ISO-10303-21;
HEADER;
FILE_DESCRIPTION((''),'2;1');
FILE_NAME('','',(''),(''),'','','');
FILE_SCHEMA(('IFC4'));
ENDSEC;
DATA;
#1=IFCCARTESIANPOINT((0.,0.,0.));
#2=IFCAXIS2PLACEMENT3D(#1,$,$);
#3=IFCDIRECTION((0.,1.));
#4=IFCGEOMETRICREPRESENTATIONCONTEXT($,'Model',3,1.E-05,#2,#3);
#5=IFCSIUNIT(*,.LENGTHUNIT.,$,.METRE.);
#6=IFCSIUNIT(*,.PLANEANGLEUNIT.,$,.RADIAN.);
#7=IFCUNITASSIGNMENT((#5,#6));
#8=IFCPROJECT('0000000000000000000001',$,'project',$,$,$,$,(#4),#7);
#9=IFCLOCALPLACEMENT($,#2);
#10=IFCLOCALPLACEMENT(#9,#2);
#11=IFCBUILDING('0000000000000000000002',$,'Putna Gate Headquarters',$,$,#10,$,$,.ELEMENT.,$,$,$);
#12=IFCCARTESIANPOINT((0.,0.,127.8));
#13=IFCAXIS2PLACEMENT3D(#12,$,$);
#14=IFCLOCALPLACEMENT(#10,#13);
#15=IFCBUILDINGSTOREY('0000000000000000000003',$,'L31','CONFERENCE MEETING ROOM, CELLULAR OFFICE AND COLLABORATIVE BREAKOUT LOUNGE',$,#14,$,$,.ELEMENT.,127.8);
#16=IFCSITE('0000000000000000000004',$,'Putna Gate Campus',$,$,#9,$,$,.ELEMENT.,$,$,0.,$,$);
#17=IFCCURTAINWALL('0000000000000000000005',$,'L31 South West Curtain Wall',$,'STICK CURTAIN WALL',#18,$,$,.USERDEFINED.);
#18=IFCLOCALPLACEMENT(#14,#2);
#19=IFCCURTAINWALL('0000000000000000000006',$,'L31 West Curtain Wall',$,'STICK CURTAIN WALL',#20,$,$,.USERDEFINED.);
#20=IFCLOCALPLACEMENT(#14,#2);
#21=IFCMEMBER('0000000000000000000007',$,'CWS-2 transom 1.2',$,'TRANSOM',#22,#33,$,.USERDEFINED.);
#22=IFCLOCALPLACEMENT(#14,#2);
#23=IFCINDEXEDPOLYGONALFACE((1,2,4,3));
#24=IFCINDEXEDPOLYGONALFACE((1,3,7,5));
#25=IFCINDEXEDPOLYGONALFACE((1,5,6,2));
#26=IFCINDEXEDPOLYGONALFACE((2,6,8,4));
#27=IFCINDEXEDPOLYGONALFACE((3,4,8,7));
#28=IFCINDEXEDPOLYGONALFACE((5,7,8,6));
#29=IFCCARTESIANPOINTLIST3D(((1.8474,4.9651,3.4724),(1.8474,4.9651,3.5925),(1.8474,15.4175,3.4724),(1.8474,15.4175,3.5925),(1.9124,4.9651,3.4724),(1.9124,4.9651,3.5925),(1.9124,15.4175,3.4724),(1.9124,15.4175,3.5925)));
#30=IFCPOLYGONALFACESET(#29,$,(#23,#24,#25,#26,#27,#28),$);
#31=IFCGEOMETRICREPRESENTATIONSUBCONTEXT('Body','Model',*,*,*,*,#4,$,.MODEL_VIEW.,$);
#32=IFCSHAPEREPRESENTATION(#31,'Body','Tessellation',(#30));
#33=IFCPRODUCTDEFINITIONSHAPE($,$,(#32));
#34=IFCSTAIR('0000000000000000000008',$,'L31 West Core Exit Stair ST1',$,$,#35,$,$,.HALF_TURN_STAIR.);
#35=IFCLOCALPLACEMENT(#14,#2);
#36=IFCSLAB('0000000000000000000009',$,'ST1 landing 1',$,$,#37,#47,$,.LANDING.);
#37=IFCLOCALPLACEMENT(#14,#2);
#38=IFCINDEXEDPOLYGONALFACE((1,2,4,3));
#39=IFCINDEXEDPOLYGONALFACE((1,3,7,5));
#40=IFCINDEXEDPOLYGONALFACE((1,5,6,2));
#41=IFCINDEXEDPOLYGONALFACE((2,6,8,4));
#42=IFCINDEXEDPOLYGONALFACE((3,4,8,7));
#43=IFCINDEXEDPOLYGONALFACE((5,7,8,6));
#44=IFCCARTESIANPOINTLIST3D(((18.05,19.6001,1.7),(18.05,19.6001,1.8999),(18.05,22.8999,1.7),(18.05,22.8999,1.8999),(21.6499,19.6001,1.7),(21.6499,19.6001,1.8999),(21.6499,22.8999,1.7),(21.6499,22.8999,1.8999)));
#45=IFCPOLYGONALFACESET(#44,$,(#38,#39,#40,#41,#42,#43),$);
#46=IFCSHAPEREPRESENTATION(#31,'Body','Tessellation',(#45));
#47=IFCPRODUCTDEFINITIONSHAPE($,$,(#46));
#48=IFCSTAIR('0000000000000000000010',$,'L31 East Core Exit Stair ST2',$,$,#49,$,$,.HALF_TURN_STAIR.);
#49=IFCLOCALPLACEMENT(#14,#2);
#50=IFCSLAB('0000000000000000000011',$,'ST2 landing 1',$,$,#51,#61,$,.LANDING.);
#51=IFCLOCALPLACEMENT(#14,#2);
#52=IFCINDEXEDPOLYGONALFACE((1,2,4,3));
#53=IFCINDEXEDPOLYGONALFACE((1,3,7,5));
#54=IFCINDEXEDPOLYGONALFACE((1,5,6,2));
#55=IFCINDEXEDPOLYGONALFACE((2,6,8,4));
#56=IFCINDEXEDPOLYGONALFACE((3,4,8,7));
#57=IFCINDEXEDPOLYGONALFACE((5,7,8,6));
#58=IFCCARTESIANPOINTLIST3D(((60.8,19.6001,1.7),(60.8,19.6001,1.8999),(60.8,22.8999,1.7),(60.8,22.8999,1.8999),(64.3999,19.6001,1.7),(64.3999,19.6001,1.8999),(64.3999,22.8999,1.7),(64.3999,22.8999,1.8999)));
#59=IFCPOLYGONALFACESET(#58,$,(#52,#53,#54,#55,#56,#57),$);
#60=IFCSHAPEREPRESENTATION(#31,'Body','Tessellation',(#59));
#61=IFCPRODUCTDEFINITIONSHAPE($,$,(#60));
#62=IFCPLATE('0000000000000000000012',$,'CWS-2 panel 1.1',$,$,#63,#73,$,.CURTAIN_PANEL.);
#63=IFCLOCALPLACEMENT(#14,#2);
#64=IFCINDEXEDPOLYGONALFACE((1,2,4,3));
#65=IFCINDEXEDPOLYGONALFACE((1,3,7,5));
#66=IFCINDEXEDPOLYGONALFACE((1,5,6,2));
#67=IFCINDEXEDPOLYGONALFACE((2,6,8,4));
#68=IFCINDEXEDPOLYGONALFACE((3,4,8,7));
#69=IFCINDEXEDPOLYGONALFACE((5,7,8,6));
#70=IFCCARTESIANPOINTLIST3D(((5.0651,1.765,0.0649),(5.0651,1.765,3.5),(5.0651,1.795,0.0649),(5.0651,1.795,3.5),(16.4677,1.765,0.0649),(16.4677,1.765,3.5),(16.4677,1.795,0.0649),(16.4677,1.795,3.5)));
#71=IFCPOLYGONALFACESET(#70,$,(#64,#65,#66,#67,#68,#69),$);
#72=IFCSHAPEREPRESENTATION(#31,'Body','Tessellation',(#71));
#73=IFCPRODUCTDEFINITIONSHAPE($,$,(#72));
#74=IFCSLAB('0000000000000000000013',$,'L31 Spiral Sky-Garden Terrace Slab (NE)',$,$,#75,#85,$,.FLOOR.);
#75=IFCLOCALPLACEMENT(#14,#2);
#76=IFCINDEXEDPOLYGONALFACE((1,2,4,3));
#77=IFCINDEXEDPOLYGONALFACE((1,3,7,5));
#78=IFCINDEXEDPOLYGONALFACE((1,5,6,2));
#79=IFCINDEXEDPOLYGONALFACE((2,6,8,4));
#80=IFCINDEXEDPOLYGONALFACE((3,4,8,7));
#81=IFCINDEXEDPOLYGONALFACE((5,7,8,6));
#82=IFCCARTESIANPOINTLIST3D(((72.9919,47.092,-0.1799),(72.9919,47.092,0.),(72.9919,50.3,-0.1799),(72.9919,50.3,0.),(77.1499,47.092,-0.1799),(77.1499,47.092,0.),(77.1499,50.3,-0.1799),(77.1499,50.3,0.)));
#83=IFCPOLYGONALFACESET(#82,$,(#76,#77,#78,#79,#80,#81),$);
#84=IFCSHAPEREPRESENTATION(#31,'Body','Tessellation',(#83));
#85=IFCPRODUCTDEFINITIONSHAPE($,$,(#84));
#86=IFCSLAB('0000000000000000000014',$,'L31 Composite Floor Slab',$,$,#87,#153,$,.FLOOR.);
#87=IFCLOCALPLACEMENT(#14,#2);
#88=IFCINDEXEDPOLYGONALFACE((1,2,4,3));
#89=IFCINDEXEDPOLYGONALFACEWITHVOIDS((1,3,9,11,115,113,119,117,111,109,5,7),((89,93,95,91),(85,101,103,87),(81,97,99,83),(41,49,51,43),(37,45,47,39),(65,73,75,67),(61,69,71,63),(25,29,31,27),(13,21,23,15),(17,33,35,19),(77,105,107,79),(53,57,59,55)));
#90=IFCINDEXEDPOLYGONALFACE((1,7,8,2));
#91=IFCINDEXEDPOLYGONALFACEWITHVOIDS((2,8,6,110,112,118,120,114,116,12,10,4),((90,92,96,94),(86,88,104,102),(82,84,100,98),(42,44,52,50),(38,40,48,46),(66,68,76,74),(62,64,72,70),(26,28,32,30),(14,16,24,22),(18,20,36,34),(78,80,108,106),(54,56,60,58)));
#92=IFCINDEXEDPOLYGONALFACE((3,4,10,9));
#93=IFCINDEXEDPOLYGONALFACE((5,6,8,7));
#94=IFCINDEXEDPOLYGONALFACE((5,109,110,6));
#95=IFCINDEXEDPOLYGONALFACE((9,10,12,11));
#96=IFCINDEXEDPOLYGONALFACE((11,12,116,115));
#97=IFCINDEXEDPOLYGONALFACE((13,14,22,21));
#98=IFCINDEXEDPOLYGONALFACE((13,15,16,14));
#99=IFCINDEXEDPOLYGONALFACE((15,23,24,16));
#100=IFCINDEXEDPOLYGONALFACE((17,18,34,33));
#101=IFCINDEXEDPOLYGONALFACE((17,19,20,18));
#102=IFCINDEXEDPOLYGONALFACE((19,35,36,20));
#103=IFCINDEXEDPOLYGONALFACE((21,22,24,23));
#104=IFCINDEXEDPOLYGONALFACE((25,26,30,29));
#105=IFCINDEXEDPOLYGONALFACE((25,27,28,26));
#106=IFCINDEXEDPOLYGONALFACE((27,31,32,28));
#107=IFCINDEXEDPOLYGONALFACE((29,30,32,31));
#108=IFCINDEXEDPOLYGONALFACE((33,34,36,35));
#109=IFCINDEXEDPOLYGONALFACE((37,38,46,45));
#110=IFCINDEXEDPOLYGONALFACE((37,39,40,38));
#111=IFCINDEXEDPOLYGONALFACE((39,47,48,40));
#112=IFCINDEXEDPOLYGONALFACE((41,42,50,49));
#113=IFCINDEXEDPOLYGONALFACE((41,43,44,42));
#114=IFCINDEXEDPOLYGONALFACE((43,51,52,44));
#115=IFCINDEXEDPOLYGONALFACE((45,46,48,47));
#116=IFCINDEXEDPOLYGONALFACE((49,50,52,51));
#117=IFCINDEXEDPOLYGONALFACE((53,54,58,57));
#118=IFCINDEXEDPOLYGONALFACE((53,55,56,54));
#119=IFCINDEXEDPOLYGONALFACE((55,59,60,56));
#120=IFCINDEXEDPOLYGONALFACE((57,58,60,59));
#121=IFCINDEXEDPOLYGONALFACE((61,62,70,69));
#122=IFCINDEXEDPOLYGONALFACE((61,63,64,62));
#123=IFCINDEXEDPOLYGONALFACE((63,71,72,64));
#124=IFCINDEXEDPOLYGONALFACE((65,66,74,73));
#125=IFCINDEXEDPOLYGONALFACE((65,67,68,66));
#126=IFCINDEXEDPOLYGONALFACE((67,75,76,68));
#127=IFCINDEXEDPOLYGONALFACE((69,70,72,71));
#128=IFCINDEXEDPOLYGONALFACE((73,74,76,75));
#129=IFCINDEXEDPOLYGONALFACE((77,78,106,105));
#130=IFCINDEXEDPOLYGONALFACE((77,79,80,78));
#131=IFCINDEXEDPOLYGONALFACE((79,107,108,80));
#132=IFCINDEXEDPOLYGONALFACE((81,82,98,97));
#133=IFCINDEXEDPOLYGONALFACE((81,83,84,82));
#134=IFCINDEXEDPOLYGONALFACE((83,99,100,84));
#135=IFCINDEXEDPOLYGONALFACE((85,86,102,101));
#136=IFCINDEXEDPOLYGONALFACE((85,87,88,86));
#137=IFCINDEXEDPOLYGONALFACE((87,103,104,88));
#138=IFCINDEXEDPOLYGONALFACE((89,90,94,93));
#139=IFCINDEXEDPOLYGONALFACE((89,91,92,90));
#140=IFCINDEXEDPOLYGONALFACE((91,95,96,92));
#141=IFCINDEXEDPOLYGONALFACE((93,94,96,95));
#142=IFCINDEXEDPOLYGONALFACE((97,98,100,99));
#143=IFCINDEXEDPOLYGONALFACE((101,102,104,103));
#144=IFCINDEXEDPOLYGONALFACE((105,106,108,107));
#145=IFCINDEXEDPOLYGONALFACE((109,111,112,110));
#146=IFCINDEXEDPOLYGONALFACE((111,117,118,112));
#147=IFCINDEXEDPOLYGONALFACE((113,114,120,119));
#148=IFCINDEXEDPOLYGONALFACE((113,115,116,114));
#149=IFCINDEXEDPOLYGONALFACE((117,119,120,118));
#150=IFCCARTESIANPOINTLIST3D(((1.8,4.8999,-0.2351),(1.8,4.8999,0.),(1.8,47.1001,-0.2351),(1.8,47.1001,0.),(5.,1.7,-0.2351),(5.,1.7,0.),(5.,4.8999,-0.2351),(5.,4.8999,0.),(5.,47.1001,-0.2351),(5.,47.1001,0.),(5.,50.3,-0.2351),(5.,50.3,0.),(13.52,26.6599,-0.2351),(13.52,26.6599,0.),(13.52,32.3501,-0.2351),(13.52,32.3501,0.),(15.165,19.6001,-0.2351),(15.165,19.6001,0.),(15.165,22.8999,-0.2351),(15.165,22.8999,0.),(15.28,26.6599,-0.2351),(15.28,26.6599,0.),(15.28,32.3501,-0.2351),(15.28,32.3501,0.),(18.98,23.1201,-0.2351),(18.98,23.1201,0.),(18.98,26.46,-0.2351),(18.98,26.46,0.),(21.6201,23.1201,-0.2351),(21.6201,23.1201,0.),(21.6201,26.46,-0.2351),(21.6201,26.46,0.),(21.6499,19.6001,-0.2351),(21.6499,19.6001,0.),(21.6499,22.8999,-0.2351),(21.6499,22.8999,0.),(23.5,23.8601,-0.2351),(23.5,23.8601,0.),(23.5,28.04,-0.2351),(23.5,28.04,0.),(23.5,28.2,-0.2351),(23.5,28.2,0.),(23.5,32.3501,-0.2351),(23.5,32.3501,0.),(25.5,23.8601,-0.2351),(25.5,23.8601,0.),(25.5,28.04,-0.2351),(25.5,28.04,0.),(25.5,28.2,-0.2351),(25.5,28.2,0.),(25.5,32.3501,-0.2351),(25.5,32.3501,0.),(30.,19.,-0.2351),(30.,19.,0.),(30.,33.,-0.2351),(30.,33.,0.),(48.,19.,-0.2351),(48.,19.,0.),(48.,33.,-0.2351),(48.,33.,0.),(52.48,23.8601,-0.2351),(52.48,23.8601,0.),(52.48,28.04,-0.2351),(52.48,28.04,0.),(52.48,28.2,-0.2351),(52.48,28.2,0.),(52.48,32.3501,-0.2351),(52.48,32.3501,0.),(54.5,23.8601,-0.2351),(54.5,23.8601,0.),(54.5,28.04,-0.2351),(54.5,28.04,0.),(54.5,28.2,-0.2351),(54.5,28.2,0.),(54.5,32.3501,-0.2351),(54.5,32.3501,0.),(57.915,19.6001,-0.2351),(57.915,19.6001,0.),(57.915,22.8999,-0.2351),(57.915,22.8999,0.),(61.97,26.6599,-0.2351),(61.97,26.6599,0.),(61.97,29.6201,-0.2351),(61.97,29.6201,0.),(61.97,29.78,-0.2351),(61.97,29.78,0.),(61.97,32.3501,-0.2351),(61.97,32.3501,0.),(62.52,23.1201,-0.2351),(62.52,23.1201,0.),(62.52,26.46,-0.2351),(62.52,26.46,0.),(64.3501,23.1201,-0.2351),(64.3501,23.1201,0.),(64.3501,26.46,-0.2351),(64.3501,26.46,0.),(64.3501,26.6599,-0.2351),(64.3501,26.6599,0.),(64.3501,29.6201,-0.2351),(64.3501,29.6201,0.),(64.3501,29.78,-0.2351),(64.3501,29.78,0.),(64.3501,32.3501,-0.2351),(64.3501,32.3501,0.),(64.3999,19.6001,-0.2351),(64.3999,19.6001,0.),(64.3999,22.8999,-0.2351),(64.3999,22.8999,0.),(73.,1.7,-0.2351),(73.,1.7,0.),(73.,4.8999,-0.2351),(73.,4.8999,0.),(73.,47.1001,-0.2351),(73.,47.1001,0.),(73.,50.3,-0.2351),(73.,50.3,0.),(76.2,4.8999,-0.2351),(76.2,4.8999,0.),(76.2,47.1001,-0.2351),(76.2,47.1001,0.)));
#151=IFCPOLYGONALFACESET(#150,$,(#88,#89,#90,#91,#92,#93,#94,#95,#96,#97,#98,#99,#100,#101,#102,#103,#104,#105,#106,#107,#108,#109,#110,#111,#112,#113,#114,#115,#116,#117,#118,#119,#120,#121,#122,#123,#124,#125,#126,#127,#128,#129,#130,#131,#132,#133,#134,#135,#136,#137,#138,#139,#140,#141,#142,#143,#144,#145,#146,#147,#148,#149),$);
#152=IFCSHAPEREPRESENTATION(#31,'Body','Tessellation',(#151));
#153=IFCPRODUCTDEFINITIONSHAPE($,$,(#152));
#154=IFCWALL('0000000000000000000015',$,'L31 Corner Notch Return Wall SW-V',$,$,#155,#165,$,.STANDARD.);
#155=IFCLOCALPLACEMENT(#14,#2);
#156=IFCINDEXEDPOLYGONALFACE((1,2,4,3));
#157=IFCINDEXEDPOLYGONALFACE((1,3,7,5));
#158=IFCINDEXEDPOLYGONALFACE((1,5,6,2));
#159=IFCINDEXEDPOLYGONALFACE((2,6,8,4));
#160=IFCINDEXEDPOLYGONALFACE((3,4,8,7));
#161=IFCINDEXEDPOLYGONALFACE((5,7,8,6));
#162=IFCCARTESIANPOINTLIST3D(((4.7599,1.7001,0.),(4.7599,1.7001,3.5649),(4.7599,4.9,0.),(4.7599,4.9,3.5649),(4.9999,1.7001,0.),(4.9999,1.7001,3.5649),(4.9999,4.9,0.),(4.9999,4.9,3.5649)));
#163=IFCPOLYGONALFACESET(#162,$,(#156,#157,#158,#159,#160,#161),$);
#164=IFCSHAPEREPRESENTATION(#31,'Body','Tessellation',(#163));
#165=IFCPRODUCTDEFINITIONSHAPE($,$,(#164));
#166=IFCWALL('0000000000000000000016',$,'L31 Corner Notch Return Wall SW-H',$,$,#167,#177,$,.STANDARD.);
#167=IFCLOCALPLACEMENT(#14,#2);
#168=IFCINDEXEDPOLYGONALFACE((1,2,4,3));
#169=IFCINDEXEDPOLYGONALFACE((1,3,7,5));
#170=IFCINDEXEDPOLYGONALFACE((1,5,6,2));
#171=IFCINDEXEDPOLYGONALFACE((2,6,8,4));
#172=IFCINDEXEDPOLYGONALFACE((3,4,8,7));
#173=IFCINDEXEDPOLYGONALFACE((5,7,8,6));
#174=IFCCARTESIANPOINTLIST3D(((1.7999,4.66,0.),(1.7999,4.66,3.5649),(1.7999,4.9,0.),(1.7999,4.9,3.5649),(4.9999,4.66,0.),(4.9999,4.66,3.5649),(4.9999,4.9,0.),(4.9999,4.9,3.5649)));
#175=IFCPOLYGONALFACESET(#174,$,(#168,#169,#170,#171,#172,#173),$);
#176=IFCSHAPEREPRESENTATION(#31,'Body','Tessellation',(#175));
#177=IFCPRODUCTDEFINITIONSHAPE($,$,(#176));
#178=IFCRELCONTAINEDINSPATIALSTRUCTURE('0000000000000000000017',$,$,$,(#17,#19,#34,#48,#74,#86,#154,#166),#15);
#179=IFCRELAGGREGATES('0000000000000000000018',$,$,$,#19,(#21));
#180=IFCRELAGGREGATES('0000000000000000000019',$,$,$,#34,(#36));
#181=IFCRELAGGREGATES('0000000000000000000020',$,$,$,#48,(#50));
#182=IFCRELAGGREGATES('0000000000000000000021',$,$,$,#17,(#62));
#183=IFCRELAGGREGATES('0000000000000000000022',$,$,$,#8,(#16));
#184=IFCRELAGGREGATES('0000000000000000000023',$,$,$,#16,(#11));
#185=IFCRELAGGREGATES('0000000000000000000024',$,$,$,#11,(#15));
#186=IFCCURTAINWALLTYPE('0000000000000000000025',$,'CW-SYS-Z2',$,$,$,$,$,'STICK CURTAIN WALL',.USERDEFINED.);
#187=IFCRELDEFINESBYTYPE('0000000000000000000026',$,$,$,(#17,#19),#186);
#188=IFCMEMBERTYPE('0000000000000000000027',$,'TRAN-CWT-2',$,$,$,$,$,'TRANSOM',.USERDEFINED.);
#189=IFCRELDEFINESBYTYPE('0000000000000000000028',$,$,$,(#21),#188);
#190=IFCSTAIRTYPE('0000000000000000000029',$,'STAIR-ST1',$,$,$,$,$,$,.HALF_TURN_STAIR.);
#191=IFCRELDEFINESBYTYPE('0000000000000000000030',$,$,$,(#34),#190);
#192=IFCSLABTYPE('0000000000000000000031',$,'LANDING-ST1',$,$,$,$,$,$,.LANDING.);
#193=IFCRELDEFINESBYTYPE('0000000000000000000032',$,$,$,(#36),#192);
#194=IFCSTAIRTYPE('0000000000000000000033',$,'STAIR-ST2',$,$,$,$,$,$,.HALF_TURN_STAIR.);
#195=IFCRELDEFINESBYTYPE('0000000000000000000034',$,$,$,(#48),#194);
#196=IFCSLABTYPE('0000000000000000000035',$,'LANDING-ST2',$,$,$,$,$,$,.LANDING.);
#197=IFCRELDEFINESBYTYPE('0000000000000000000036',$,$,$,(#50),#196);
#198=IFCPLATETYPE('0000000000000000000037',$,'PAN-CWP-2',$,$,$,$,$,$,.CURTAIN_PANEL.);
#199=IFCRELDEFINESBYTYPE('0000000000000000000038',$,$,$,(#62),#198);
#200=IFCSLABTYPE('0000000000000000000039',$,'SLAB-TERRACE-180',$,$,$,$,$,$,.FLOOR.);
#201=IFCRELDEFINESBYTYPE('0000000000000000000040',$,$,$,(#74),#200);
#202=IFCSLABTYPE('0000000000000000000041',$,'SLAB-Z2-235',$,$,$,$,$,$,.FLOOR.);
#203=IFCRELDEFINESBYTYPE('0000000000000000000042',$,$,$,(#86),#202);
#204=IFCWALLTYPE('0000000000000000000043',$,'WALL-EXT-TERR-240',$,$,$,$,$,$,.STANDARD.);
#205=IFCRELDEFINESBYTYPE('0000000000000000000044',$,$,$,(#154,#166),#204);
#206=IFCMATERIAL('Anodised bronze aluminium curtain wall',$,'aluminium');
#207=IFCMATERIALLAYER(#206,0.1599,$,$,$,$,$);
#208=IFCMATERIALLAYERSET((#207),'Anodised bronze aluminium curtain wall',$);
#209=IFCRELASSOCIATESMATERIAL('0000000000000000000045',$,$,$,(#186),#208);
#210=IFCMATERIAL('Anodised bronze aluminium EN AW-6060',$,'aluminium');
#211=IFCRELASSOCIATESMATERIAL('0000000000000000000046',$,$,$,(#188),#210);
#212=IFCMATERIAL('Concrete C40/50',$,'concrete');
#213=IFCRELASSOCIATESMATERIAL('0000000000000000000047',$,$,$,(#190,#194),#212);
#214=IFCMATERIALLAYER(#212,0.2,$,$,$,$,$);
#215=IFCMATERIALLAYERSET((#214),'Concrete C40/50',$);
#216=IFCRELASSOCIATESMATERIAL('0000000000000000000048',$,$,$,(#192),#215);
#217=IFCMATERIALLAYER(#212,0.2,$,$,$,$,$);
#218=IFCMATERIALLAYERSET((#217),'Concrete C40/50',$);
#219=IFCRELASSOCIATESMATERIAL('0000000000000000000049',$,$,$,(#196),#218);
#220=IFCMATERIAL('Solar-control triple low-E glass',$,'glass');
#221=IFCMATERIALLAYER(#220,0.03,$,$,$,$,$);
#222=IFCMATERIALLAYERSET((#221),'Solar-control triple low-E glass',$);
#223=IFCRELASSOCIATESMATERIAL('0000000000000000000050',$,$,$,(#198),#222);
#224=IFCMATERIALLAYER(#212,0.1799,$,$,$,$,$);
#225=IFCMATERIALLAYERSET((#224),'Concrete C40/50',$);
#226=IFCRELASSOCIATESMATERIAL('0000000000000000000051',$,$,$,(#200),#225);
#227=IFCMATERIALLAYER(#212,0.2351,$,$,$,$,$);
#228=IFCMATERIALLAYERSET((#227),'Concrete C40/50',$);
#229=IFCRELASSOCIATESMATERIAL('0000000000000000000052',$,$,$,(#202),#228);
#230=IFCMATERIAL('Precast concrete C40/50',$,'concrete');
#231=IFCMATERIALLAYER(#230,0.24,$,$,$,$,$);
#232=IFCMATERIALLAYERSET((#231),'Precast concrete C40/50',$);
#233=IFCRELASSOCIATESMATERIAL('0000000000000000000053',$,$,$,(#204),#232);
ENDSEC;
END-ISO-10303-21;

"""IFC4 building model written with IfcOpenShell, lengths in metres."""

from ifc_helpers import new_model, si_unit, direction, frame, frame_2d, origin, origin_2d, place, context, subcontext, project, spatial, polyline, rectangle, outline, extrude, material, layer, layer_set, material_profile, profile_set, type_object, element, aggregate, save


model = new_model("IFC4")

# Units and contexts
model_context = context("Model", 3, precision=1e-05, world=origin(), true_north=direction((0.0, 1.0)))
body_context = subcontext(model_context, "Body", "Model", "MODEL_VIEW")
ifc_project = project(units=[si_unit("LENGTHUNIT", "METRE"), si_unit("PLANEANGLEUNIT", "RADIAN")], contexts=[model_context])

# Site, building, storey
site_placement = place(None, origin())
site = spatial("IfcSite", under=ifc_project, at=site_placement, Name="Putna Gate Campus", CompositionType="ELEMENT", RefElevation=0.0)
building_placement = place(site_placement, origin())
building = spatial("IfcBuilding", under=site, at=building_placement, Name="Putna Gate Headquarters", CompositionType="ELEMENT")
storey_placement = place(building_placement, frame((0.0, 0.0, 127.8)))
storey = spatial("IfcBuildingStorey", under=building, at=storey_placement, Name="L31", Description="CONFERENCE MEETING ROOM, CELLULAR OFFICE AND COLLABORATIVE BREAKOUT LOUNGE", CompositionType="ELEMENT", Elevation=127.8)

# Curtain walls
ifc_material_1 = material(Name="Anodised bronze aluminium curtain wall", Category="aluminium")
ifc_layer_1 = layer(ifc_material_1, 0.1599)
ifc_layer_set_1 = layer_set([ifc_layer_1], Name="Anodised bronze aluminium curtain wall")
curtain_wall_type = type_object("IfcCurtainWallType", Name="CW-SYS-Z2", ElementType="STICK CURTAIN WALL", PredefinedType="USERDEFINED", material=ifc_layer_set_1)
curtain_wall_1_placement = place(storey_placement, origin())
curtain_wall_1 = element("IfcCurtainWall", 1, at=curtain_wall_1_placement, inside=storey, type_object=curtain_wall_type, Name="L31 South West Curtain Wall", ObjectType="STICK CURTAIN WALL", PredefinedType="USERDEFINED")
ifc_material_2 = material(Name="Anodised bronze aluminium EN AW-6060", Category="aluminium")
curtain_wall_2_placement = place(storey_placement, origin())
curtain_wall_2 = element("IfcCurtainWall", 2, at=curtain_wall_2_placement, inside=storey, type_object=curtain_wall_type, Name="L31 West Curtain Wall", ObjectType="STICK CURTAIN WALL", PredefinedType="USERDEFINED")

# Member
ifc_material_profile_1 = material_profile(ifc_material_2, rectangle(XDim=0.0649, YDim=0.1201, at=origin_2d()), Name="Anodised bronze aluminium EN AW-6060")
ifc_profile_set_1 = profile_set([ifc_material_profile_1], Name="Anodised bronze aluminium EN AW-6060")
member_type_1 = type_object("IfcMemberType", Name="TRAN-CWT-2", ElementType="TRANSOM", PredefinedType="USERDEFINED", material=ifc_profile_set_1)
member_1_placement = place(storey_placement, frame((1.8799, 4.9651, 3.5325), z_axis=(0.0, 1.0, 0.0), x_axis=(-1.0, 0.0, 0.0)))
member_1 = element("IfcMember", 3, at=member_1_placement, type_object=member_type_1, Name="CWS-2 transom 1.2", ObjectType="TRANSOM", PredefinedType="USERDEFINED", context=body_context, shape_type="SweptSolid", body=[
    extrude(rectangle(XDim=0.0649, YDim=0.1201, at=origin_2d()), origin(), (0.0, 0.0, 1.0), 10.4524),
])
aggregate(curtain_wall_2, [member_1])

# Stairs, slabs
ifc_material_3 = material(Name="Concrete C40/50", Category="concrete")
stair_type_1 = type_object("IfcStairType", Name="STAIR-ST1", PredefinedType="HALF_TURN_STAIR", material=ifc_material_3)
stair_1_placement = place(storey_placement, origin())
stair_1 = element("IfcStair", 4, at=stair_1_placement, inside=storey, type_object=stair_type_1, Name="L31 West Core Exit Stair ST1", PredefinedType="HALF_TURN_STAIR")
ifc_layer_2 = layer(ifc_material_3, 0.2)
ifc_layer_set_2 = layer_set([ifc_layer_2], Name="Concrete C40/50")
slab_type_1 = type_object("IfcSlabType", Name="LANDING-ST1", PredefinedType="LANDING", material=ifc_layer_set_2)
slab_1_placement = place(storey_placement, frame((0.0, 0.0, 1.7)))
slab_1 = element("IfcSlab", 5, at=slab_1_placement, type_object=slab_type_1, Name="ST1 landing 1", PredefinedType="LANDING", context=body_context, shape_type="SweptSolid", body=[
    extrude(outline(polyline([(18.05, 19.6001), (21.6499, 19.6001), (21.6499, 22.8999), (18.05, 22.8999), (18.05, 19.6001)])), origin(), (0.0, 0.0, 1.0), 0.2),
])
aggregate(stair_1, [slab_1])
stair_type_2 = type_object("IfcStairType", Name="STAIR-ST2", PredefinedType="HALF_TURN_STAIR", material=ifc_material_3)
stair_2_placement = place(storey_placement, origin())
stair_2 = element("IfcStair", 6, at=stair_2_placement, inside=storey, type_object=stair_type_2, Name="L31 East Core Exit Stair ST2", PredefinedType="HALF_TURN_STAIR")
ifc_layer_3 = layer(ifc_material_3, 0.2)
ifc_layer_set_3 = layer_set([ifc_layer_3], Name="Concrete C40/50")
slab_type_2 = type_object("IfcSlabType", Name="LANDING-ST2", PredefinedType="LANDING", material=ifc_layer_set_3)
slab_2_placement = place(storey_placement, frame((0.0, 0.0, 1.7)))
slab_2 = element("IfcSlab", 7, at=slab_2_placement, type_object=slab_type_2, Name="ST2 landing 1", PredefinedType="LANDING", context=body_context, shape_type="SweptSolid", body=[
    extrude(outline(polyline([(60.8, 19.6001), (64.3999, 19.6001), (64.3999, 22.8999), (60.8, 22.8999), (60.8, 19.6001)])), origin(), (0.0, 0.0, 1.0), 0.2),
])
aggregate(stair_2, [slab_2])

# Plate
ifc_material_4 = material(Name="Solar-control triple low-E glass", Category="glass")
ifc_layer_4 = layer(ifc_material_4, 0.03)
ifc_layer_set_4 = layer_set([ifc_layer_4], Name="Solar-control triple low-E glass")
plate_type = type_object("IfcPlateType", Name="PAN-CWP-2", PredefinedType="CURTAIN_PANEL", material=ifc_layer_set_4)
plate_placement = place(storey_placement, frame((10.7664, 1.78, 0.0649), z_axis=(0.0, 0.0, 1.0), x_axis=(1.0, 0.0, 0.0)))
plate = element("IfcPlate", 8, at=plate_placement, type_object=plate_type, Name="CWS-2 panel 1.1", PredefinedType="CURTAIN_PANEL", context=body_context, shape_type="SweptSolid", body=[
    extrude(rectangle(XDim=11.4026, YDim=0.03, at=origin_2d()), origin(), (0.0, 0.0, 1.0), 3.4351),
])
aggregate(curtain_wall_1, [plate])

# Slabs
ifc_layer_5 = layer(ifc_material_3, 0.1799)
ifc_layer_set_5 = layer_set([ifc_layer_5], Name="Concrete C40/50")
slab_type_3 = type_object("IfcSlabType", Name="SLAB-TERRACE-180", PredefinedType="FLOOR", material=ifc_layer_set_5)
slab_3_placement = place(storey_placement, frame((0.0, 0.0, -0.1799)))
element("IfcSlab", 9, at=slab_3_placement, inside=storey, type_object=slab_type_3, Name="L31 Spiral Sky-Garden Terrace Slab (NE)", PredefinedType="FLOOR", context=body_context, shape_type="SweptSolid", body=[
    extrude(outline(polyline([(72.9919, 47.092), (77.1499, 47.092), (77.1499, 50.3), (72.9919, 50.3), (72.9919, 47.092)])), origin(), (0.0, 0.0, 1.0), 0.1799),
])
ifc_layer_6 = layer(ifc_material_3, 0.2351)
ifc_layer_set_6 = layer_set([ifc_layer_6], Name="Concrete C40/50")
slab_type_4 = type_object("IfcSlabType", Name="SLAB-Z2-235", PredefinedType="FLOOR", material=ifc_layer_set_6)
slab_4_placement = place(storey_placement, frame((0.0, 0.0, -0.2351)))
element("IfcSlab", 10, at=slab_4_placement, inside=storey, type_object=slab_type_4, Name="L31 Composite Floor Slab", PredefinedType="FLOOR", context=body_context, shape_type="SweptSolid", body=[
    extrude(outline(polyline([(5.0, 1.7), (73.0, 1.7), (73.0, 4.8999), (76.2, 4.8999), (76.2, 47.1001), (73.0, 47.1001), (73.0, 50.3), (5.0, 50.3), (5.0, 47.1001), (1.8, 47.1001), (1.8, 4.8999), (5.0, 4.8999), (5.0, 1.7)]), holes=[polyline([(15.165, 19.6001), (21.6499, 19.6001), (21.6499, 22.8999), (15.165, 22.8999), (15.165, 19.6001)]), polyline([(57.915, 19.6001), (64.3999, 19.6001), (64.3999, 22.8999), (57.915, 22.8999), (57.915, 19.6001)]), polyline([(13.52, 26.6599), (15.28, 26.6599), (15.28, 32.3501), (13.52, 32.3501), (13.52, 26.6599)]), polyline([(61.97, 29.78), (64.3501, 29.78), (64.3501, 32.3501), (61.97, 32.3501), (61.97, 29.78)]), polyline([(18.98, 23.1201), (21.6201, 23.1201), (21.6201, 26.46), (18.98, 26.46), (18.98, 23.1201)]), polyline([(62.52, 23.1201), (64.3501, 23.1201), (64.3501, 26.46), (62.52, 26.46), (62.52, 23.1201)]), polyline([(61.97, 26.6599), (64.3501, 26.6599), (64.3501, 29.6201), (61.97, 29.6201), (61.97, 26.6599)]), polyline([(23.5, 23.8601), (25.5, 23.8601), (25.5, 28.04), (23.5, 28.04), (23.5, 23.8601)]), polyline([(52.48, 23.8601), (54.5, 23.8601), (54.5, 28.04), (52.48, 28.04), (52.48, 23.8601)]), polyline([(23.5, 28.2), (25.5, 28.2), (25.5, 32.3501), (23.5, 32.3501), (23.5, 28.2)]), polyline([(52.48, 28.2), (54.5, 28.2), (54.5, 32.3501), (52.48, 32.3501), (52.48, 28.2)]), polyline([(30.0, 19.0), (48.0, 19.0), (48.0, 33.0), (30.0, 33.0), (30.0, 19.0)])]), origin(), (0.0, 0.0, 1.0), 0.2351),
])

# Walls
ifc_material_5 = material(Name="Precast concrete C40/50", Category="concrete")
ifc_layer_7 = layer(ifc_material_5, 0.24)
ifc_layer_set_7 = layer_set([ifc_layer_7], Name="Precast concrete C40/50")
wall_type_1 = type_object("IfcWallType", Name="WALL-EXT-TERR-240", PredefinedType="STANDARD", material=ifc_layer_set_7)
for number, where, z_axis, x_axis, name in (
    (11, (4.8799, 1.7, 0.0), (0.0, 0.0, 1.0), (0.0, 1.0, 0.0), "L31 Corner Notch Return Wall SW-V"),
    (12, (5.0, 4.78, 0.0), (0.0, 0.0, 1.0), (-1.0, 0.0, 0.0), "L31 Corner Notch Return Wall SW-H"),
):
    element("IfcWall", number, at=place(storey_placement, frame(where, z_axis=z_axis, x_axis=x_axis)), inside=storey, type_object=wall_type_1, Name=name, PredefinedType="STANDARD", context=body_context, shape_type="SweptSolid", body=[
        extrude(rectangle(XDim=3.2, YDim=0.24, at=frame_2d((1.6001, 0.0))), origin(), (0.0, 0.0, 1.0), 3.5649),
    ])

save(model, "model.ifc")
